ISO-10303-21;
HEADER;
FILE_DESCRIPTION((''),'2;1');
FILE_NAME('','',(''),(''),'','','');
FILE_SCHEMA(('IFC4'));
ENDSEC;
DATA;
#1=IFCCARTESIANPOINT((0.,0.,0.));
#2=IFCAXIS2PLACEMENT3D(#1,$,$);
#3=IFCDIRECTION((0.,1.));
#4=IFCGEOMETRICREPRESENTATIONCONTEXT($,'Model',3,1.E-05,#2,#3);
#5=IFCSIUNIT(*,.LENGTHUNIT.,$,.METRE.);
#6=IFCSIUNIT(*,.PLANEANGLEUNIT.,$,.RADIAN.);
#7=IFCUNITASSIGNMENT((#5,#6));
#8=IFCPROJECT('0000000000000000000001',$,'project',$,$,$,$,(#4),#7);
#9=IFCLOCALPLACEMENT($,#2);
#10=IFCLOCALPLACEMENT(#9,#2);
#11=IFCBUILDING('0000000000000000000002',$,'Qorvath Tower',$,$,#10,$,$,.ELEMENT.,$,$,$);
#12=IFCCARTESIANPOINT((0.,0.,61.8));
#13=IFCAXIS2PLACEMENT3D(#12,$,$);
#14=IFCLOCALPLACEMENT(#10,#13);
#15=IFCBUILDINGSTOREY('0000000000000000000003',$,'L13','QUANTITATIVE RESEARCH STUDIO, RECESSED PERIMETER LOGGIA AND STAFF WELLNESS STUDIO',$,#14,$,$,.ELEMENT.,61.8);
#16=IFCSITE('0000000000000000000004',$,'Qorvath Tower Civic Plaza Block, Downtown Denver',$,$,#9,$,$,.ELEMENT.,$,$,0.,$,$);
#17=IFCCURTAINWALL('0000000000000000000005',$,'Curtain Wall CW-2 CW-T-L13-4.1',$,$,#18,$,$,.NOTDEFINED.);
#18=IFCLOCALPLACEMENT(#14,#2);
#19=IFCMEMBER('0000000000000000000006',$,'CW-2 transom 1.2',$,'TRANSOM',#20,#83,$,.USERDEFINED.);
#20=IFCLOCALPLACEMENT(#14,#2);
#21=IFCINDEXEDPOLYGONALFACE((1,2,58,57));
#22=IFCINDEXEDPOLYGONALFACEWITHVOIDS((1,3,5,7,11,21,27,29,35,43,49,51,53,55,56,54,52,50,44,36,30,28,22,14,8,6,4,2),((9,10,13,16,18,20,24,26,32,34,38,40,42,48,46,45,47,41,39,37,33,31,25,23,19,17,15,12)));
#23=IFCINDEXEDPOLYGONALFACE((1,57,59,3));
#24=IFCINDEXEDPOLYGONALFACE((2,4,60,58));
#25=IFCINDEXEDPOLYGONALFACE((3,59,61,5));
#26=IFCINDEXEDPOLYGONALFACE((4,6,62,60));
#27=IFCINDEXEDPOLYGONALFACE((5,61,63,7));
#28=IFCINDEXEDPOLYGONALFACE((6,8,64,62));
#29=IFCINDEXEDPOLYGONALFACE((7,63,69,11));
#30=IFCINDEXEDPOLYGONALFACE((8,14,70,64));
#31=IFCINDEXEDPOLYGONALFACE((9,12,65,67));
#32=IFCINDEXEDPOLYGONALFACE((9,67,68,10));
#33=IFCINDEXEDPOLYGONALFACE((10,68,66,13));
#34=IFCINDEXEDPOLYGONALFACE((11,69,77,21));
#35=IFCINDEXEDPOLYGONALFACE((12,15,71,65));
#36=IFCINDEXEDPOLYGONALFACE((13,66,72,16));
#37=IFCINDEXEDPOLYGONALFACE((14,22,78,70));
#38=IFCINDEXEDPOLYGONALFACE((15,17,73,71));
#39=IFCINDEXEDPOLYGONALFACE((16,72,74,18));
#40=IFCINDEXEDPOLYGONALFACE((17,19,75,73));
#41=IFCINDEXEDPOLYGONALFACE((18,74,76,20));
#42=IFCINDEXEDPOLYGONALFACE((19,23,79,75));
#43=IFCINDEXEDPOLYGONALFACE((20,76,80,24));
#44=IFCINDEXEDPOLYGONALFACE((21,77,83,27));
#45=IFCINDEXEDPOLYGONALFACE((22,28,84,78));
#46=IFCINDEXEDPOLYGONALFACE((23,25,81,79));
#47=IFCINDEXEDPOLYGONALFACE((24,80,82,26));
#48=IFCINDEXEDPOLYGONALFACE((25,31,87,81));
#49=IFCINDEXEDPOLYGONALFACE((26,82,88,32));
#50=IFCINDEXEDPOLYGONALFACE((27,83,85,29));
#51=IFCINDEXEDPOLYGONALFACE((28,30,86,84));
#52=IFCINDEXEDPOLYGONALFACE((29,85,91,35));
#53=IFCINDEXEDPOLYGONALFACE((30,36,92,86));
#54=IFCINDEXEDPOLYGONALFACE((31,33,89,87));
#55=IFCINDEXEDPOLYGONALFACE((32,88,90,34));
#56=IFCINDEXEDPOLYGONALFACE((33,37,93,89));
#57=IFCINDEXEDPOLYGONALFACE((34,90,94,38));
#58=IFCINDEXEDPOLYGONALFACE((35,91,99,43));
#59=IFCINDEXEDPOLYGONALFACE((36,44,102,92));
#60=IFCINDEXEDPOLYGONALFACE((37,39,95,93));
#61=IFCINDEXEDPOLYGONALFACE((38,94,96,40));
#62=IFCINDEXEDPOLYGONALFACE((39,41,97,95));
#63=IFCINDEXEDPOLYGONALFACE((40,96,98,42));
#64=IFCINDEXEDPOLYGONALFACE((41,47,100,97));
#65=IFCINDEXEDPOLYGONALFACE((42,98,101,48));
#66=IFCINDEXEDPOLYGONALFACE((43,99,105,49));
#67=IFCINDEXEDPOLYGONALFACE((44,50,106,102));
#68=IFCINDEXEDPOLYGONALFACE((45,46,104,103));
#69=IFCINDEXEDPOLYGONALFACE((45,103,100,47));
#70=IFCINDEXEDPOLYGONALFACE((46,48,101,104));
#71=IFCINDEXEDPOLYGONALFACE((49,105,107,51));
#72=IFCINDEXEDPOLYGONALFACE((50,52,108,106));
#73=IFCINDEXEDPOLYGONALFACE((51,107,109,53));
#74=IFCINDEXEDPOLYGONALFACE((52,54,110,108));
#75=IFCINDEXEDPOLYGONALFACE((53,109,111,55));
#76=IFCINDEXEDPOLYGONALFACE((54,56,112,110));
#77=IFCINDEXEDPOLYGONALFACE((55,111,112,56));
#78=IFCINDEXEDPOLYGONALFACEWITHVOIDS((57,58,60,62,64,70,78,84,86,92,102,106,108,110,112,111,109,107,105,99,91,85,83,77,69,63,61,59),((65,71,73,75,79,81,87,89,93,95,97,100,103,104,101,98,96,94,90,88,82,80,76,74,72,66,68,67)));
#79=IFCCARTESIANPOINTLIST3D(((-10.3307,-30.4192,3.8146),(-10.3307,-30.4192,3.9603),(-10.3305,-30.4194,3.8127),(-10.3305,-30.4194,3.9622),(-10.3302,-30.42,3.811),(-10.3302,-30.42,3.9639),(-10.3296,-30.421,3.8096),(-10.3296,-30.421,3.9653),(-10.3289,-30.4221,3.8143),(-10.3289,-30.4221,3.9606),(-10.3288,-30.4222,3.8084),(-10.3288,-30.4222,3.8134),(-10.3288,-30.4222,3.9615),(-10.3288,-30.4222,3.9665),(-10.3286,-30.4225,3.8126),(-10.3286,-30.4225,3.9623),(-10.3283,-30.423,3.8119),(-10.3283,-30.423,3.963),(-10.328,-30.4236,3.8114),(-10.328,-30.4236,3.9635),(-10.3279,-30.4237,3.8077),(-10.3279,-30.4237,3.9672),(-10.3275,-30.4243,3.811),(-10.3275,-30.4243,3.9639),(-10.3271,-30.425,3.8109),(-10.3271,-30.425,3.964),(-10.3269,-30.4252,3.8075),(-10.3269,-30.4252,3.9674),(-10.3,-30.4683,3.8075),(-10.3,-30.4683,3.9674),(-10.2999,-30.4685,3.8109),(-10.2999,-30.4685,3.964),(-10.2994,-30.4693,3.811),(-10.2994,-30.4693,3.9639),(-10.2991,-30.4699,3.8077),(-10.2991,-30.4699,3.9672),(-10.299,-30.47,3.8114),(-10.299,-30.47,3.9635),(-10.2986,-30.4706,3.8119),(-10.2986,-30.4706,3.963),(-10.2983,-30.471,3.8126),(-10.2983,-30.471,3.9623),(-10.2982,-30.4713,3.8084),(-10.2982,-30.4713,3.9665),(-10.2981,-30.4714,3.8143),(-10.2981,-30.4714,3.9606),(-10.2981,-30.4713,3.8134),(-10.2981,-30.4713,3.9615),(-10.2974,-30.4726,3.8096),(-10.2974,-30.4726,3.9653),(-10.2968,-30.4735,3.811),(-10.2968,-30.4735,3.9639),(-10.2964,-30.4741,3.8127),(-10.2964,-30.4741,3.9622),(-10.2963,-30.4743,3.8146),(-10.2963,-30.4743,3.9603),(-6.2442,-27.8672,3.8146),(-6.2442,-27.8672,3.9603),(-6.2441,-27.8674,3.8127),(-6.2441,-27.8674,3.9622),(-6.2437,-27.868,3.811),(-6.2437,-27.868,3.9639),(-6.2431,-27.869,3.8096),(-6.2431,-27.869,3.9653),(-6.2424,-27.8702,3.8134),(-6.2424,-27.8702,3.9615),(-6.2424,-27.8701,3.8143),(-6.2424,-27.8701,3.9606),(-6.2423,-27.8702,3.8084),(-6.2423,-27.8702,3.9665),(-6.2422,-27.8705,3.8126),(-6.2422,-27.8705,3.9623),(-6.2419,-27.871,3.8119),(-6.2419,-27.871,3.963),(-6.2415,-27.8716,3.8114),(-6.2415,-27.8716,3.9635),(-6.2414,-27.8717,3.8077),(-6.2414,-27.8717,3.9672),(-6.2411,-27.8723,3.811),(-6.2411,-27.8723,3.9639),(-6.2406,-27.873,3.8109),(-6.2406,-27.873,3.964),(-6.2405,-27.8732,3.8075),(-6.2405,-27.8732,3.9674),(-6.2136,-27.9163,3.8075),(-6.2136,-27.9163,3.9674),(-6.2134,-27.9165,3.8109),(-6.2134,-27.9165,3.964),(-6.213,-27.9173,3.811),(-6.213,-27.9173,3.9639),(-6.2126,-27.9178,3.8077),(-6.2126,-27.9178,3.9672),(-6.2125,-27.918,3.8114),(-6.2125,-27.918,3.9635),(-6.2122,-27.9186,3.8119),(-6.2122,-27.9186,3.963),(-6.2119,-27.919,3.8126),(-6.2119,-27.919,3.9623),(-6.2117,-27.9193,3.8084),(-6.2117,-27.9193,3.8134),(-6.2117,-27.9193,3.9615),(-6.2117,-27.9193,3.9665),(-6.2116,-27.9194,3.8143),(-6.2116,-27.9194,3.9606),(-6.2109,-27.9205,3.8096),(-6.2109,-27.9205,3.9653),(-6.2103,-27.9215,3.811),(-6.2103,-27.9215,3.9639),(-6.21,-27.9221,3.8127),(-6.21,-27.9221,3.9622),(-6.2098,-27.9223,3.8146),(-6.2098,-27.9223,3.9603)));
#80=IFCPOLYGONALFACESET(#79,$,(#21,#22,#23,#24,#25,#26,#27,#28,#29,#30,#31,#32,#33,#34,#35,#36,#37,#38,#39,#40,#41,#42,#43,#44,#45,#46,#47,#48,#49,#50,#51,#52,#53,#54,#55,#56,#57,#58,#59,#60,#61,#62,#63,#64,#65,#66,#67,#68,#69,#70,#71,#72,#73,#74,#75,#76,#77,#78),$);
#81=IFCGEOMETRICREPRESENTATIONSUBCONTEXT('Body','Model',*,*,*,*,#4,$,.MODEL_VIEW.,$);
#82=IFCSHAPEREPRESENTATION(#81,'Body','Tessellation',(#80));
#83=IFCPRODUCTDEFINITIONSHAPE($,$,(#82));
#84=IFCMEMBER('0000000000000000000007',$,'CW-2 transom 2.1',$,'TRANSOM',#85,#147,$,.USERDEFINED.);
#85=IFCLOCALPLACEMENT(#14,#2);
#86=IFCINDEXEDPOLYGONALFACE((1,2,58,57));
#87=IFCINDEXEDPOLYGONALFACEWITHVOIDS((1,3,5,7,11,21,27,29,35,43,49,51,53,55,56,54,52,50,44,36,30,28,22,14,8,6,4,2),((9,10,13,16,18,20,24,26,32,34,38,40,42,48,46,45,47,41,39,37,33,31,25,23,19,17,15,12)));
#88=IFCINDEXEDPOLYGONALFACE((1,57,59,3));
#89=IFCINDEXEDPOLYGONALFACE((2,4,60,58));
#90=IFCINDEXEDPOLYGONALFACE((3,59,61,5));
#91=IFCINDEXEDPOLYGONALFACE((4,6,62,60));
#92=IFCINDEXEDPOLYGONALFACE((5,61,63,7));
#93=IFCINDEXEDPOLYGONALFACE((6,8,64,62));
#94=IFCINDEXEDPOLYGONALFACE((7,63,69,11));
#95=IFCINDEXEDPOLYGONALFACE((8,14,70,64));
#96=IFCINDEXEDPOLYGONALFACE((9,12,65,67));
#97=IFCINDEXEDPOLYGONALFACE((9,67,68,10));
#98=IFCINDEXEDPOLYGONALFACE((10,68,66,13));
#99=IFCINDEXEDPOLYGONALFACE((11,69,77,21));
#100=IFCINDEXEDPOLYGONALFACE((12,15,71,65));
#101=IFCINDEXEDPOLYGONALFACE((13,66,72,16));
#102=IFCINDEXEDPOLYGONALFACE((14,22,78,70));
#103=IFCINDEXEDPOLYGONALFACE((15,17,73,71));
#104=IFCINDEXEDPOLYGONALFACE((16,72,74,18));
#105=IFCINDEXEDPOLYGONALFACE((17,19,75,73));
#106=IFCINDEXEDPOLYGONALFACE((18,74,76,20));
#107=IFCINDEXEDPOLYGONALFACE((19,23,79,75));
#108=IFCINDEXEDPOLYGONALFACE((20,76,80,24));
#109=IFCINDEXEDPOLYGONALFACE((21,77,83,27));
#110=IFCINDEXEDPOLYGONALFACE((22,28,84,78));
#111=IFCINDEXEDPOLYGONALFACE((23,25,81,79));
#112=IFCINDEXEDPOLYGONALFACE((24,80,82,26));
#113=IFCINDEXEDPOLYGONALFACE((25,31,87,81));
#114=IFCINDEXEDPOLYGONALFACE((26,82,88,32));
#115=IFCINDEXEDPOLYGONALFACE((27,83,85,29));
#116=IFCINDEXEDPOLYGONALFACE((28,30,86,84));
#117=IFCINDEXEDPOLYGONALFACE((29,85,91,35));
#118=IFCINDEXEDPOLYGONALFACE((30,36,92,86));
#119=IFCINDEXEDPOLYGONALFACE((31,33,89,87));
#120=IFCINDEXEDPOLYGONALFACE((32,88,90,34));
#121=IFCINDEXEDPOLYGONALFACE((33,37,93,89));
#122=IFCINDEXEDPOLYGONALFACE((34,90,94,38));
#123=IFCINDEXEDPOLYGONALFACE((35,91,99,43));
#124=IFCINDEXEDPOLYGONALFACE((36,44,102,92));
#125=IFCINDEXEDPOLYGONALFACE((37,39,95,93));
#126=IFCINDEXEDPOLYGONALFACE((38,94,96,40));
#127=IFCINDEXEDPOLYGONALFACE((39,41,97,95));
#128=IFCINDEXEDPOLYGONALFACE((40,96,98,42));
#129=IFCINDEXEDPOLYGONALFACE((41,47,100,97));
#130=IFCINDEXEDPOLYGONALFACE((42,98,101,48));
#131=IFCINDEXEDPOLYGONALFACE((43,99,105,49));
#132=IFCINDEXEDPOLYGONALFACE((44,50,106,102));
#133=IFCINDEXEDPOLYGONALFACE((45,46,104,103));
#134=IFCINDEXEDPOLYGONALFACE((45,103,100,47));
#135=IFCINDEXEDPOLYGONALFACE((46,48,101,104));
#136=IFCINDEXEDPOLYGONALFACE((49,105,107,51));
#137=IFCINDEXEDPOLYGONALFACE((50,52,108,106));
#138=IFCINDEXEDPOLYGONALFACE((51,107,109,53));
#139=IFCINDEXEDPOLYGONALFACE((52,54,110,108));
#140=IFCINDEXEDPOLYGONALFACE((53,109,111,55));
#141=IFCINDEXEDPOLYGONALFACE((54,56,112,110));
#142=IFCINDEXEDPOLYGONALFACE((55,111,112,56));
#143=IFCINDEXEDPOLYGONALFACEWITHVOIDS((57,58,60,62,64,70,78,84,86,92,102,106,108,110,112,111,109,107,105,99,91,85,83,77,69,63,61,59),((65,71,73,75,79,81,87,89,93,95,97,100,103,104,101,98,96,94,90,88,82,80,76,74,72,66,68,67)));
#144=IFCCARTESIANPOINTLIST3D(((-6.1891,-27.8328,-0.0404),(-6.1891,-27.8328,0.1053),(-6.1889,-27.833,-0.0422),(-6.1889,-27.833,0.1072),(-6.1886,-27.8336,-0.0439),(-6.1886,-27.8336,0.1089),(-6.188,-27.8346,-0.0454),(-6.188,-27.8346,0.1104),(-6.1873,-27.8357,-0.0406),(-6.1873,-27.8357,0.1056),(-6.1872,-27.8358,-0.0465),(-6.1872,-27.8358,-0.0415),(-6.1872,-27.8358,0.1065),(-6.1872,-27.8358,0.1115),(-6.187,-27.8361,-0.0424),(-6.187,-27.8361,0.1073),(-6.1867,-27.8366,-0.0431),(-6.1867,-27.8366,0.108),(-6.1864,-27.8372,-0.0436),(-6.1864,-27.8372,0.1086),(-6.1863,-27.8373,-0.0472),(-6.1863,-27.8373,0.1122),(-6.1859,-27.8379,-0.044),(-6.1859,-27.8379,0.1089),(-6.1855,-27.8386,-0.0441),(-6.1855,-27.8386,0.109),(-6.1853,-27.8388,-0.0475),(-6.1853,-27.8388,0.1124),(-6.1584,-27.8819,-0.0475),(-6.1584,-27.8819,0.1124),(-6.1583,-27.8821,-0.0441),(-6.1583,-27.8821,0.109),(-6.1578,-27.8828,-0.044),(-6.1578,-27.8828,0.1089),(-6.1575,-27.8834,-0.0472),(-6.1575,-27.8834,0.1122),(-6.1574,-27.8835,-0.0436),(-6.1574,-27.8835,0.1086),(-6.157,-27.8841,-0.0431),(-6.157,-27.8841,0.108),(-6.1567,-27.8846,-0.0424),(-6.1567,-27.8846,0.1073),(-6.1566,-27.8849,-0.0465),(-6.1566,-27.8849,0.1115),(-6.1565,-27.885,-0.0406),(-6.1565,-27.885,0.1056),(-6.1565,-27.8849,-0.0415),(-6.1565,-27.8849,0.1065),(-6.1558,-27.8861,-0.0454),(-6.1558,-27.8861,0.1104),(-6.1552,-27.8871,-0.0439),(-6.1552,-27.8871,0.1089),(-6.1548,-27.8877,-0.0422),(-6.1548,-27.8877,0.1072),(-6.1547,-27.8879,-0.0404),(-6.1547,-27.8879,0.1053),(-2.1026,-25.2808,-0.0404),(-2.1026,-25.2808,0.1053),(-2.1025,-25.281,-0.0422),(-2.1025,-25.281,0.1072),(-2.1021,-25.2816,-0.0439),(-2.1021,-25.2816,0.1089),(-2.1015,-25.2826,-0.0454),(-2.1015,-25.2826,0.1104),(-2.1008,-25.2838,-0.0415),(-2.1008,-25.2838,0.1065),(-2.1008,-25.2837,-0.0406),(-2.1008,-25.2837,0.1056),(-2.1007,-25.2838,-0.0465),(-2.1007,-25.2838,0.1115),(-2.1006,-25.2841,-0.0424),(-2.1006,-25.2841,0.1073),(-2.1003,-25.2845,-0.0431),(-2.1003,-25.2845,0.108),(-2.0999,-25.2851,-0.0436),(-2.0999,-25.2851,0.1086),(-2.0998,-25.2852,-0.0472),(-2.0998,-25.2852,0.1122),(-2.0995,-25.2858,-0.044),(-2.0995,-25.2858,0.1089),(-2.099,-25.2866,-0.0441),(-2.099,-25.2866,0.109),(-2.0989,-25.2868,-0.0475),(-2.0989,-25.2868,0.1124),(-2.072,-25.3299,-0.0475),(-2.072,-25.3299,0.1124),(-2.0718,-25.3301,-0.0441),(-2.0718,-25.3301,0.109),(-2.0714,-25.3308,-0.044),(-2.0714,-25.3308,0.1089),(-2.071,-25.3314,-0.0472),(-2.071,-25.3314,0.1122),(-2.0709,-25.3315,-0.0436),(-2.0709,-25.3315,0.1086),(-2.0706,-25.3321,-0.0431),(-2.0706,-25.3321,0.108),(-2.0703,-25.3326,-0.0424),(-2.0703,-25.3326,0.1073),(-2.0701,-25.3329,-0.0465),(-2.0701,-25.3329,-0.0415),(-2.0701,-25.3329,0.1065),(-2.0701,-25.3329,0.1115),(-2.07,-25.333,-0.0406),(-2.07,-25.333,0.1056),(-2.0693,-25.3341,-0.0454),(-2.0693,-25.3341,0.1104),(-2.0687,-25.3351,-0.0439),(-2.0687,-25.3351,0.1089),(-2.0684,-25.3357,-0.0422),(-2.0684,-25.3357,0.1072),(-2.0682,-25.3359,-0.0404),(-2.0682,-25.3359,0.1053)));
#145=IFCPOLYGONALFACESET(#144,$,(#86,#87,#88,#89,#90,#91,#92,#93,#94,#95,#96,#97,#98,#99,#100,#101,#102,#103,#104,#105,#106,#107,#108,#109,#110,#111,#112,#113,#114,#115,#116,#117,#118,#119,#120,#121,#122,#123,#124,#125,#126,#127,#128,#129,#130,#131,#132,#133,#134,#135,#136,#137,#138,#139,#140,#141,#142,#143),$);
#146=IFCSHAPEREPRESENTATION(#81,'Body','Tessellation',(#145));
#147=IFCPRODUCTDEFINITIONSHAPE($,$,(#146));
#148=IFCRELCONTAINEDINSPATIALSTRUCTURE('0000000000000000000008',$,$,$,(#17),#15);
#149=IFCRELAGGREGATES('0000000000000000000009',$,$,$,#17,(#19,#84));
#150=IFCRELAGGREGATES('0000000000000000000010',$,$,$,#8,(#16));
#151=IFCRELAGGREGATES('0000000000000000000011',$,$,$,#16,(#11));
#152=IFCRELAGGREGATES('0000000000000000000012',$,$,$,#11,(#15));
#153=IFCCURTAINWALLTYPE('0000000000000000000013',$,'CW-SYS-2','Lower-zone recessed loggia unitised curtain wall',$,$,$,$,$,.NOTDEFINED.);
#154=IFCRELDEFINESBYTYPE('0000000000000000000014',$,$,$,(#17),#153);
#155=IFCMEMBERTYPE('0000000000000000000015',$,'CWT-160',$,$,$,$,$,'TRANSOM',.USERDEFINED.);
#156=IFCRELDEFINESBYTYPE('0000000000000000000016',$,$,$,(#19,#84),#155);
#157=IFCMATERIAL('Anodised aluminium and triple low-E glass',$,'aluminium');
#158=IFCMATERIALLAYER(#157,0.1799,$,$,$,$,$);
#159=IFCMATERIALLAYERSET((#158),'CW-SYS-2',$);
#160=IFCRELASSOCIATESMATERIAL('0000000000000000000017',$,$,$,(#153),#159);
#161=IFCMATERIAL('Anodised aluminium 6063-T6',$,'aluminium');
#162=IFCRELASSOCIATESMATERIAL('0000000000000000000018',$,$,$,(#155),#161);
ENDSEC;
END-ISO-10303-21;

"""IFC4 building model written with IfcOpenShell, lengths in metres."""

from ifc_helpers import new_model, si_unit, direction, frame, origin, origin_2d, place, context, subcontext, project, spatial, hollow_rectangle, extrude, material, layer, layer_set, material_profile, profile_set, type_object, element, aggregate, save


model = new_model("IFC4")

# Units and contexts
model_context = context("Model", 3, precision=1e-05, world=origin(), true_north=direction((0.0, 1.0)))
body_context = subcontext(model_context, "Body", "Model", "MODEL_VIEW")
ifc_project = project(units=[si_unit("LENGTHUNIT", "METRE"), si_unit("PLANEANGLEUNIT", "RADIAN")], contexts=[model_context])

# Site, building, storey
site_placement = place(None, origin())
site = spatial("IfcSite", under=ifc_project, at=site_placement, Name="Qorvath Tower Civic Plaza Block, Downtown Denver", CompositionType="ELEMENT", RefElevation=0.0)
building_placement = place(site_placement, origin())
building = spatial("IfcBuilding", under=site, at=building_placement, Name="Qorvath Tower", CompositionType="ELEMENT")
storey_placement = place(building_placement, frame((0.0, 0.0, 61.8)))
storey = spatial("IfcBuildingStorey", under=building, at=storey_placement, Name="L13", Description="QUANTITATIVE RESEARCH STUDIO, RECESSED PERIMETER LOGGIA AND STAFF WELLNESS STUDIO", CompositionType="ELEMENT", Elevation=61.8)

# Shared definitions
ifc_material_1 = material(Name="Anodised aluminium and triple low-E glass", Category="aluminium")
ifc_layer_1 = layer(ifc_material_1, 0.1799)
ifc_layer_set_1 = layer_set([ifc_layer_1], Name="CW-SYS-2")
curtain_wall_type = type_object("IfcCurtainWallType", Name="CW-SYS-2", Description="Lower-zone recessed loggia unitised curtain wall", PredefinedType="NOTDEFINED", material=ifc_layer_set_1)

# Curtain wall
curtain_wall_1_placement = place(storey_placement, origin())
curtain_wall_1 = element("IfcCurtainWall", 1, at=curtain_wall_1_placement, inside=storey, type_object=curtain_wall_type, Name="Curtain Wall CW-2 CW-T-L13-4.1", PredefinedType="NOTDEFINED")

# Members
ifc_material_2 = material(Name="Anodised aluminium 6063-T6", Category="aluminium")
ifc_material_profile_1 = material_profile(ifc_material_2, hollow_rectangle(XDim=0.0649, YDim=0.1599, WallThickness=0.0034, InnerFilletRadius=0.0034, OuterFilletRadius=0.0071, at=origin_2d()), Name="CWT 160x65")
ifc_profile_set_1 = profile_set([ifc_material_profile_1], Name="Anodised aluminium 6063-T6")
member_type_1 = type_object("IfcMemberType", Name="CWT-160", ElementType="TRANSOM", PredefinedType="USERDEFINED", material=ifc_profile_set_1)
member_1_placement = place(storey_placement, frame((-10.3135, -30.4468, 3.8875), z_axis=(0.848186, 0.529698, 0.0), x_axis=(-0.529698, 0.848186, 0.0)))
member_1 = element("IfcMember", 2, at=member_1_placement, type_object=member_type_1, Name="CW-2 transom 1.2", ObjectType="TRANSOM", PredefinedType="USERDEFINED", context=body_context, shape_type="SweptSolid", body=[
    extrude(hollow_rectangle(XDim=0.0649, YDim=0.1599, WallThickness=0.0034, InnerFilletRadius=0.0034, OuterFilletRadius=0.0071, at=origin_2d()), origin(), (0.0, 0.0, 1.0), 4.8179),
])
member_2_placement = place(storey_placement, frame((-6.1719, -27.8604, 0.0325), z_axis=(0.848186, 0.529698, 0.0), x_axis=(-0.529698, 0.848186, 0.0)))
member_2 = element("IfcMember", 3, at=member_2_placement, type_object=member_type_1, Name="CW-2 transom 2.1", ObjectType="TRANSOM", PredefinedType="USERDEFINED", context=body_context, shape_type="SweptSolid", body=[
    extrude(hollow_rectangle(XDim=0.0649, YDim=0.1599, WallThickness=0.0034, InnerFilletRadius=0.0034, OuterFilletRadius=0.0071, at=origin_2d()), origin(), (0.0, 0.0, 1.0), 4.8179),
])

aggregate(curtain_wall_1, [member_1, member_2])

save(model, "model.ifc")
